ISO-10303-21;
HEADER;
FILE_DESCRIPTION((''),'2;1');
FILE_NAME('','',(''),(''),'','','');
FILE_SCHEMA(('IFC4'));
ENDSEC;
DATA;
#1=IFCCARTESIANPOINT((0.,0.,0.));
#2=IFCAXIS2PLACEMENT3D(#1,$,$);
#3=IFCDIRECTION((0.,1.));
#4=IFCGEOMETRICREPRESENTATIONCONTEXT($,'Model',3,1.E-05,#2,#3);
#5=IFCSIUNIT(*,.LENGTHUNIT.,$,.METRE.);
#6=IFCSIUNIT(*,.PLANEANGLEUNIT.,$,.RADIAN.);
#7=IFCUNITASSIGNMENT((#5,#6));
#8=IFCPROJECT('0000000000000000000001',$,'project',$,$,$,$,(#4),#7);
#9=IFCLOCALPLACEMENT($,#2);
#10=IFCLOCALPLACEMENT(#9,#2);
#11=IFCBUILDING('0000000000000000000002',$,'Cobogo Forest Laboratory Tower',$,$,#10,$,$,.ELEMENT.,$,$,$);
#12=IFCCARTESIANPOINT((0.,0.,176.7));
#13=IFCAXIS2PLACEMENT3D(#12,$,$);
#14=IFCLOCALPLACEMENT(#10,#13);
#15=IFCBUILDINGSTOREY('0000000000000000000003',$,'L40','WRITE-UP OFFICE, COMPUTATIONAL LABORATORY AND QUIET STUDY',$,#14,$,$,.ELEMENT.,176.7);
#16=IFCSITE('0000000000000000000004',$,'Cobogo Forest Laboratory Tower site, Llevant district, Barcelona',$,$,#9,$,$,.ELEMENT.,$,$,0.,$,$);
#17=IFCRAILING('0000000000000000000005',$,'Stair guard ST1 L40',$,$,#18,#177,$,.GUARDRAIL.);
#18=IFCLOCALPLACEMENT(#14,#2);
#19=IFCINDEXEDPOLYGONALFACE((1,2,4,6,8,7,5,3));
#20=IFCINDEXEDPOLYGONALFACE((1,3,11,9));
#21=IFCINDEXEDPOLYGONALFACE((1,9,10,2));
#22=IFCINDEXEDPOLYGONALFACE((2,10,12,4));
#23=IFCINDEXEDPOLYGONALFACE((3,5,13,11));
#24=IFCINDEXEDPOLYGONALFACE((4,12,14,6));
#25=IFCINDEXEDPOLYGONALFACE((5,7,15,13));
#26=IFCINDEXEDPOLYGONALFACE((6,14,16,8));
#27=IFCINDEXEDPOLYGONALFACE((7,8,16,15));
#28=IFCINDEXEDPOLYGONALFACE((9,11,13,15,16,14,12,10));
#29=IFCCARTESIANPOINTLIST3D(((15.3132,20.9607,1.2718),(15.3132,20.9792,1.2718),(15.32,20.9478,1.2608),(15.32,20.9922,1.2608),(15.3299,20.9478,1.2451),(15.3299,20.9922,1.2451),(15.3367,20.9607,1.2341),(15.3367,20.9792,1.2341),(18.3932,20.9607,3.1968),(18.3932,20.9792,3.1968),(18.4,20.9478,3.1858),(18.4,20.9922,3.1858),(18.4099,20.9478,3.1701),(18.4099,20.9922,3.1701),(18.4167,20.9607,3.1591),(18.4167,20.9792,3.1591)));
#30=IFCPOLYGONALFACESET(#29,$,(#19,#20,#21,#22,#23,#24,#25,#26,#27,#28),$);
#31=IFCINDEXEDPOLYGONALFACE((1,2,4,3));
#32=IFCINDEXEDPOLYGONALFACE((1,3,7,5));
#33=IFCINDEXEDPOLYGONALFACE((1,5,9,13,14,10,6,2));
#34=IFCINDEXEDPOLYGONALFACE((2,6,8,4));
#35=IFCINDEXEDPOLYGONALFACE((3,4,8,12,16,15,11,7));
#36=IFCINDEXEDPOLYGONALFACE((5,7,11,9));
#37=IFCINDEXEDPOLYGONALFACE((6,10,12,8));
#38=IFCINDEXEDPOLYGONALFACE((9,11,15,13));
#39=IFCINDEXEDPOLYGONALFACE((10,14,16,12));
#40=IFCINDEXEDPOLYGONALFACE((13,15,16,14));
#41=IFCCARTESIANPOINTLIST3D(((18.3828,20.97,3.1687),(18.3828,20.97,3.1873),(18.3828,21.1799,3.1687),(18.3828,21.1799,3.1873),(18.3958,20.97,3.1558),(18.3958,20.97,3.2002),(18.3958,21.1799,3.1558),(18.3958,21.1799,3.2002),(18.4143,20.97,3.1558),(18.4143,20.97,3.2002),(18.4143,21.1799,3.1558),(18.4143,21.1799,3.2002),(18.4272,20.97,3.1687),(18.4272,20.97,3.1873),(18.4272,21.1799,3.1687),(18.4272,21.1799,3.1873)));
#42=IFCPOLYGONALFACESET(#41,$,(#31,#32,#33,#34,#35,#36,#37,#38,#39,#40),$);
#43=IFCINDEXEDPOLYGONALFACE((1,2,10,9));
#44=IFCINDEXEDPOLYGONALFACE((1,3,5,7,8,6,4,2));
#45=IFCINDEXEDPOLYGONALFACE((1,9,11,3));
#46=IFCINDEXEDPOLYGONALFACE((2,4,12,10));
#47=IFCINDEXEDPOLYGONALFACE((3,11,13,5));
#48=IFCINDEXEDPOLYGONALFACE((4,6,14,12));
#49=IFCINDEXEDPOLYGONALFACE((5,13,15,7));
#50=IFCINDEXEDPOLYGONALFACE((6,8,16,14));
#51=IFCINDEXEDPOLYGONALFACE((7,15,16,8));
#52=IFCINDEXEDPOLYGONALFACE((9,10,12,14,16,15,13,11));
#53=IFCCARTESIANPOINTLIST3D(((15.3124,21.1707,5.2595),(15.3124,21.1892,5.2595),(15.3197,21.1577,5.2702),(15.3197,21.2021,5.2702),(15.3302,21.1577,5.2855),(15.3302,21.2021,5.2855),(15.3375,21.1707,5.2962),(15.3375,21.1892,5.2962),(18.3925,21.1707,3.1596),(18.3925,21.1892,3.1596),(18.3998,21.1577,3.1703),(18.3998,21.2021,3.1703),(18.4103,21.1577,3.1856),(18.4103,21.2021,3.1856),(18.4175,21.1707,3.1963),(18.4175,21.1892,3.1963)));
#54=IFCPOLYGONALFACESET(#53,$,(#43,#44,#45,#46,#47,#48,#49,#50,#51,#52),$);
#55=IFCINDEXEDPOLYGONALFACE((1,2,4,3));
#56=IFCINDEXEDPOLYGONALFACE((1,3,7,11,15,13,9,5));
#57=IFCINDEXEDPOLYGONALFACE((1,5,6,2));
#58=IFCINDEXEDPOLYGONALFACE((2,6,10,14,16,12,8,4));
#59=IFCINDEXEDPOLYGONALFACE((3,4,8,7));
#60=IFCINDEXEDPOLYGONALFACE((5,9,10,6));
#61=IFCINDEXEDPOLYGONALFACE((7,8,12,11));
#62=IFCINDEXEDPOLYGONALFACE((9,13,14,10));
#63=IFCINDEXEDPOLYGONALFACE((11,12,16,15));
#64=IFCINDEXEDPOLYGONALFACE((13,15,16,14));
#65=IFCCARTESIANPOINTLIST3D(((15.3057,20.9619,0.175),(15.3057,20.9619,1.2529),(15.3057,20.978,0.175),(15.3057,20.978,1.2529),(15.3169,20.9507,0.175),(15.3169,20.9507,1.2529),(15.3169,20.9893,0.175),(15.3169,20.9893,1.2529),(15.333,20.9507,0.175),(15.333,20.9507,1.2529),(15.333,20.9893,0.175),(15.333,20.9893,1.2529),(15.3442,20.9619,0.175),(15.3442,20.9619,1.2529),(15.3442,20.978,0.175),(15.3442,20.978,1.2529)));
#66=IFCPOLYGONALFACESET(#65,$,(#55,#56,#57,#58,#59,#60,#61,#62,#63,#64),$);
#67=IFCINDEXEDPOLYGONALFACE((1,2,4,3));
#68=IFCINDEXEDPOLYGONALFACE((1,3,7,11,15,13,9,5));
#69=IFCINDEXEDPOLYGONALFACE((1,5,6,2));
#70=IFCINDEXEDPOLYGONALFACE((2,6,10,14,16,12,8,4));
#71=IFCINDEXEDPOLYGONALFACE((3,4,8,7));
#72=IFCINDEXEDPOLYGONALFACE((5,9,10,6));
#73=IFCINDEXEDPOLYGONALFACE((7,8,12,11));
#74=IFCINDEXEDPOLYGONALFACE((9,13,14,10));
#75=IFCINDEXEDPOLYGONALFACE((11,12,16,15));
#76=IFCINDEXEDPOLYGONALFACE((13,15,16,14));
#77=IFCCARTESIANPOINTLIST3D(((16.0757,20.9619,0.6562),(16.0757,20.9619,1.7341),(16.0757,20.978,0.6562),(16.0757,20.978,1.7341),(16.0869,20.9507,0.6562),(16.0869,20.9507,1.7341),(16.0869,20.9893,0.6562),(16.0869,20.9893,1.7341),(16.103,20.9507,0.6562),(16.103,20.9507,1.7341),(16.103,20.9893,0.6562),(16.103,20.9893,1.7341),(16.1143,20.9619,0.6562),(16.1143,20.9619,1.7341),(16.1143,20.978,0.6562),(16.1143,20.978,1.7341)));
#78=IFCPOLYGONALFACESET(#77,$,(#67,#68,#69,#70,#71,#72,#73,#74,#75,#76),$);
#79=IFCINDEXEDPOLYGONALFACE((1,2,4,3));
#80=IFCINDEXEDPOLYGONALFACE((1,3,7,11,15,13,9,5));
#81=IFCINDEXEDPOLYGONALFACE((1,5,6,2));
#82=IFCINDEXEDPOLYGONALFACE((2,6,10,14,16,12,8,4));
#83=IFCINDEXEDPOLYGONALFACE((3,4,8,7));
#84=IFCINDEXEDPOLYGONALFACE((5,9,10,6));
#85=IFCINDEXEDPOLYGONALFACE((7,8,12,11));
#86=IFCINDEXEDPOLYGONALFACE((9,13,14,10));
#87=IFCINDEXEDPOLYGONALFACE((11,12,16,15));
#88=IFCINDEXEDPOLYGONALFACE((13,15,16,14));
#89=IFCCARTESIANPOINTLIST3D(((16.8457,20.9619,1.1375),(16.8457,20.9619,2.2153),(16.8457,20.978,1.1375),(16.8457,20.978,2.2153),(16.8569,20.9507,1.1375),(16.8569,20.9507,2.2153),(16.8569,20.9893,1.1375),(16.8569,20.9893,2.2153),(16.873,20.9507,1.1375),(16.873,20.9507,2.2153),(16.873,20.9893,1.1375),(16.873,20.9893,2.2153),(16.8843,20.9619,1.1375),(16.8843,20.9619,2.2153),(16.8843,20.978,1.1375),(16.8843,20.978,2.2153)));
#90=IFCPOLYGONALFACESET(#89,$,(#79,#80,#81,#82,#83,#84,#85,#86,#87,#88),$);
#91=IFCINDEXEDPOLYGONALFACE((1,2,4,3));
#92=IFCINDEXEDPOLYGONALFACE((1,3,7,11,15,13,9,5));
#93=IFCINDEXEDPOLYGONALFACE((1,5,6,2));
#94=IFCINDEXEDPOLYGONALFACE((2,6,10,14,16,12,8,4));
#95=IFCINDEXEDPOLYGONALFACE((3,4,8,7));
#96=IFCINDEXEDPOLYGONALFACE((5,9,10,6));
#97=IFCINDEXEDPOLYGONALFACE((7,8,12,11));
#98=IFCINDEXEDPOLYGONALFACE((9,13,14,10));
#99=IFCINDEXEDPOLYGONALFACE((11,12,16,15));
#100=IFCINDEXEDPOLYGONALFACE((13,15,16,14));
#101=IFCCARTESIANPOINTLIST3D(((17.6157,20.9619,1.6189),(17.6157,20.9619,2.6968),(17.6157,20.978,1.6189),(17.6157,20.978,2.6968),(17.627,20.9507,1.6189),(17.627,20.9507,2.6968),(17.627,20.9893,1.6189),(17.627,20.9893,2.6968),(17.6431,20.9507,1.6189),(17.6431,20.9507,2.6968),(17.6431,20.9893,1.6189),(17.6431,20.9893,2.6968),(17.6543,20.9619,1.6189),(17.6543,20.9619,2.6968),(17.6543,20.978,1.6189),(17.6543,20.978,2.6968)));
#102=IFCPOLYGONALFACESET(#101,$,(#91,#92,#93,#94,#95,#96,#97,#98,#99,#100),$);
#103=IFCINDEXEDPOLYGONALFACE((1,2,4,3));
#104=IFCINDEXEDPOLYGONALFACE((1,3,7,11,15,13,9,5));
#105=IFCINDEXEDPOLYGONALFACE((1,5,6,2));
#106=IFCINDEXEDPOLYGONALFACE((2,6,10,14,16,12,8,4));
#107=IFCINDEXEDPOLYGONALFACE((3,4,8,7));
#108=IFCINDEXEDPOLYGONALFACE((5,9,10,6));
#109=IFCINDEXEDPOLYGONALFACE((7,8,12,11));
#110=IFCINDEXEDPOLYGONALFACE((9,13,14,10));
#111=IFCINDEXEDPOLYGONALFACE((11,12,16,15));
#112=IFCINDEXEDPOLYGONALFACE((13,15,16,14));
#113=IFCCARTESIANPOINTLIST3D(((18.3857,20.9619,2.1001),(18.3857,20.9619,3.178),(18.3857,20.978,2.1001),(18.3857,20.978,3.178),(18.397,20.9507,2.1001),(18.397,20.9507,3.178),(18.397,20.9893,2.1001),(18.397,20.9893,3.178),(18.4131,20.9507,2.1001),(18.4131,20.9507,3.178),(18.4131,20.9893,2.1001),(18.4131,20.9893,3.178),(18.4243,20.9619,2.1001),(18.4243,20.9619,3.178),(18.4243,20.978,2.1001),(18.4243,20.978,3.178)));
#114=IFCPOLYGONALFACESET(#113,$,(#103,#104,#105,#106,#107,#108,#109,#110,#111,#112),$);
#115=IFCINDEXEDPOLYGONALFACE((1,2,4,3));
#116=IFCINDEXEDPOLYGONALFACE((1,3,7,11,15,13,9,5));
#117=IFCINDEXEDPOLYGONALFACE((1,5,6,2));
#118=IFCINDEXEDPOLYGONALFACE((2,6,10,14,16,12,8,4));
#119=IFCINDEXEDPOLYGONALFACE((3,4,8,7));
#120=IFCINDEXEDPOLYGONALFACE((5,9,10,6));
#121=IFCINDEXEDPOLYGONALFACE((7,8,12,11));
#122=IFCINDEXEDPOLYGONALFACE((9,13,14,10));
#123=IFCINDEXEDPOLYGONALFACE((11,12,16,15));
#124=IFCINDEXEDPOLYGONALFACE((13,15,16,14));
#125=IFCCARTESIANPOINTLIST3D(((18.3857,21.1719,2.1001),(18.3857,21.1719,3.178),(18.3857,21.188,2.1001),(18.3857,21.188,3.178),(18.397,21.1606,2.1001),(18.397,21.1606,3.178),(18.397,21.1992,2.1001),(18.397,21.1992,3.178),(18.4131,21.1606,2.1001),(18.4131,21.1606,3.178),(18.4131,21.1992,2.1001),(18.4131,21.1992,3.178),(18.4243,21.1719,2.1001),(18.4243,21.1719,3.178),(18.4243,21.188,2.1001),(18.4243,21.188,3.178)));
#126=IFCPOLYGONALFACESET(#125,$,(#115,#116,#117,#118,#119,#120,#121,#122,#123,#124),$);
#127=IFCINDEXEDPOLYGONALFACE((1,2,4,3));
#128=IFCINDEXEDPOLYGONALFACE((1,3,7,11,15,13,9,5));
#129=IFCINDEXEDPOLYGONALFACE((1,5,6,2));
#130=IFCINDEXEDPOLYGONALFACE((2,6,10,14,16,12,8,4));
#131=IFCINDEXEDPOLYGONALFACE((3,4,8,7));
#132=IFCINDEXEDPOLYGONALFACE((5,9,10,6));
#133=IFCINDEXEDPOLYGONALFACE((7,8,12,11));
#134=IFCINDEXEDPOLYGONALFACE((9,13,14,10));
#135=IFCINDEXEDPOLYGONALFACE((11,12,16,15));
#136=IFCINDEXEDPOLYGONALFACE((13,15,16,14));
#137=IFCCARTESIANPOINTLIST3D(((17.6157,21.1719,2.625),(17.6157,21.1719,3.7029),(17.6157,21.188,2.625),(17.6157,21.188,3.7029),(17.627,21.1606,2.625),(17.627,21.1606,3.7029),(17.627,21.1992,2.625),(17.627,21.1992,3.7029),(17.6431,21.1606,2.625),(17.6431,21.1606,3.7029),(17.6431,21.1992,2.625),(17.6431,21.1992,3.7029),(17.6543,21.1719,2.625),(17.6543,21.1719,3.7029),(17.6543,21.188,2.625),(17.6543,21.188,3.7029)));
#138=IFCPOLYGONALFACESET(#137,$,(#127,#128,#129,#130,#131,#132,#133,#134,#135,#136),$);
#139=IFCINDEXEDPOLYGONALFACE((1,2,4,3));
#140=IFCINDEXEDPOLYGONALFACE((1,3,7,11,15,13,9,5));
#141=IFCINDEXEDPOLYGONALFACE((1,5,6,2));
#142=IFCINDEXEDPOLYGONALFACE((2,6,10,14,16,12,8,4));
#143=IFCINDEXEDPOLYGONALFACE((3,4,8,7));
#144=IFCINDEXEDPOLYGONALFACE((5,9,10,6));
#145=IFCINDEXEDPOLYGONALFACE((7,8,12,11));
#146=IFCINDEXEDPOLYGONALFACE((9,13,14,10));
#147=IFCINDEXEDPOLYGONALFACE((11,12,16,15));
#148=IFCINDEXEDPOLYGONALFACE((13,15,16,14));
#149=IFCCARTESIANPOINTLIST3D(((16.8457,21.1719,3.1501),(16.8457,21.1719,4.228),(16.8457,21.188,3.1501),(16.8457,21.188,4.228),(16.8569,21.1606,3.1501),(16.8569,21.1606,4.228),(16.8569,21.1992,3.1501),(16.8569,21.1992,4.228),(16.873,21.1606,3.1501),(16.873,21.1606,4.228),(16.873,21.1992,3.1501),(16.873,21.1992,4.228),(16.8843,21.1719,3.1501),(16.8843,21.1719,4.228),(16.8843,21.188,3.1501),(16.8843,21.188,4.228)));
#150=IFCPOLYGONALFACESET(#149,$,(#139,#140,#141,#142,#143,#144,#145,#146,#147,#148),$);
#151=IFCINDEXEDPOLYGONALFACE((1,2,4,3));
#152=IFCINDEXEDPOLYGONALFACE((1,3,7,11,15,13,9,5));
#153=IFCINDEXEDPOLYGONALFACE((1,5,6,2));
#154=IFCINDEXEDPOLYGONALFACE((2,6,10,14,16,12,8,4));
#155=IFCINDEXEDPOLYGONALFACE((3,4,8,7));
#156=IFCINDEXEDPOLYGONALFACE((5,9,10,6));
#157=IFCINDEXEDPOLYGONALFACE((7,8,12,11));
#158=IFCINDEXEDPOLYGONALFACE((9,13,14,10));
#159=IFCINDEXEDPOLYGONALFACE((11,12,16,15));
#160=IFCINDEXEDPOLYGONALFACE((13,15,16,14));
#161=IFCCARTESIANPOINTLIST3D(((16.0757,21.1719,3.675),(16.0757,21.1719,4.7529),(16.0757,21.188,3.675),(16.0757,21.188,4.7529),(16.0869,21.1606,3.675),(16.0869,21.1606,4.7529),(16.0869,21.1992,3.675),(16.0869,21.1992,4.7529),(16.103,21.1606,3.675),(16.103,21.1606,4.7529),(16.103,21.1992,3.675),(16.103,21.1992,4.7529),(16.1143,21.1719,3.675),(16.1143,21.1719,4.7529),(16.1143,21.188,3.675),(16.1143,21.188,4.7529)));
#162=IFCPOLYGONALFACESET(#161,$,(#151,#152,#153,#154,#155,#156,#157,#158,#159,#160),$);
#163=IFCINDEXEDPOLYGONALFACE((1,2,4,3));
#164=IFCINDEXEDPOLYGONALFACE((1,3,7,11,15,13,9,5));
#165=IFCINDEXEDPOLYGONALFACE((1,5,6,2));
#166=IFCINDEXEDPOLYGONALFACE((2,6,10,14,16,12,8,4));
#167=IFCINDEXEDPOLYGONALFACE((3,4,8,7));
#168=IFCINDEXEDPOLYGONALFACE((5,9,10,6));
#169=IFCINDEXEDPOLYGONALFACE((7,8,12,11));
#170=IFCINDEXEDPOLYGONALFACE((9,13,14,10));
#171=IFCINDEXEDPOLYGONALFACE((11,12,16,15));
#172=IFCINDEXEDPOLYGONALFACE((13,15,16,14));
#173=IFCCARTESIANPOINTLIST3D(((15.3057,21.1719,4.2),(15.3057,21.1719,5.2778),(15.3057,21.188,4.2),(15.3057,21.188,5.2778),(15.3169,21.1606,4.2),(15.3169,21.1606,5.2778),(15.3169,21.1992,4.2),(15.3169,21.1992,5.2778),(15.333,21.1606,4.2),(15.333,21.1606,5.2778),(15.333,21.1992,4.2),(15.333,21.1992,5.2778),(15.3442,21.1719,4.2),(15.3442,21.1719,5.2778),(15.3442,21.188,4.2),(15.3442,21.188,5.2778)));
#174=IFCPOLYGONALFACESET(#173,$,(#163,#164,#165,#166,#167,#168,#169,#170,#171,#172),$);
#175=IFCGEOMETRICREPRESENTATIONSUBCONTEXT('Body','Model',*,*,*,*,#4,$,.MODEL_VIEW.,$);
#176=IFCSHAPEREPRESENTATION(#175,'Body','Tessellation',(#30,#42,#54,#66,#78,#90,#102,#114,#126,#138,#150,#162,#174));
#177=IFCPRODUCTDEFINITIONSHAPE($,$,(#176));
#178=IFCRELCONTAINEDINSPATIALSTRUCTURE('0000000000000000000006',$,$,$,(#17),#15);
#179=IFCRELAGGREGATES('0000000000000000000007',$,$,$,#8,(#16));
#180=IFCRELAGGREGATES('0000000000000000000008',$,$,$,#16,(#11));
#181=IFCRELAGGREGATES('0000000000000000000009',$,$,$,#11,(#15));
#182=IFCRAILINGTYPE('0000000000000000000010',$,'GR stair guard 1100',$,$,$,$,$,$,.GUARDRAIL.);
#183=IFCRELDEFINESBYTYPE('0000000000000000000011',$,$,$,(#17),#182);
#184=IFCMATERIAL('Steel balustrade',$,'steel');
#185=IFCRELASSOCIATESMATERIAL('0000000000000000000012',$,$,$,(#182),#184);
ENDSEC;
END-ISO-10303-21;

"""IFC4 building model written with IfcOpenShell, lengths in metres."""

from ifc_helpers import new_model, si_unit, direction, frame, origin, place, context, subcontext, project, spatial, polyline, outline, extrude, material, type_object, element, save


model = new_model("IFC4")

# Units and contexts
model_context = context("Model", 3, precision=1e-05, world=origin(), true_north=direction((0.0, 1.0)))
body_context = subcontext(model_context, "Body", "Model", "MODEL_VIEW")
ifc_project = project(units=[si_unit("LENGTHUNIT", "METRE"), si_unit("PLANEANGLEUNIT", "RADIAN")], contexts=[model_context])

# Site, building, storey
site_placement = place(None, origin())
site = spatial("IfcSite", under=ifc_project, at=site_placement, Name="Cobogo Forest Laboratory Tower site, Llevant district, Barcelona", CompositionType="ELEMENT", RefElevation=0.0)
building_placement = place(site_placement, origin())
building = spatial("IfcBuilding", under=site, at=building_placement, Name="Cobogo Forest Laboratory Tower", CompositionType="ELEMENT")
storey_placement = place(building_placement, frame((0.0, 0.0, 176.7)))
storey = spatial("IfcBuildingStorey", under=building, at=storey_placement, Name="L40", Description="WRITE-UP OFFICE, COMPUTATIONAL LABORATORY AND QUIET STUDY", CompositionType="ELEMENT", Elevation=176.7)

# Railing
ifc_material_1 = material(Name="Steel balustrade", Category="steel")
railing_type_1 = type_object("IfcRailingType", Name="GR stair guard 1100", PredefinedType="GUARDRAIL", material=ifc_material_1)
railing_1_placement = place(storey_placement, frame((15.325, 20.97, 0.175)))
element("IfcRailing", 1, at=railing_1_placement, inside=storey, type_object=railing_type_1, Name="Stair guard ST1 L40", PredefinedType="GUARDRAIL", context=body_context, shape_type="SweptSolid", body=[
    extrude(outline(polyline([(0.0222, 0.0093), (0.0093, 0.0222), (-0.0093, 0.0222), (-0.0222, 0.0093), (-0.0222, -0.0093), (-0.0093, -0.0222), (0.0093, -0.0222), (0.0222, -0.0093), (0.0222, 0.0093)])), frame((0.0, 0.0, 1.0779), z_axis=(0.847998, 0.0, 0.529999), x_axis=(0.0, 1.0, 0.0)), (0.0, 0.0, 1.0), 3.6321),
    extrude(outline(polyline([(0.0222, 0.0093), (0.0093, 0.0222), (-0.0093, 0.0222), (-0.0222, 0.0093), (-0.0222, -0.0093), (-0.0093, -0.0222), (0.0093, -0.0222), (0.0222, -0.0093), (0.0222, 0.0093)])), frame((3.0801, 0.0, 3.0029), z_axis=(0.0, 1.0, 0.0), x_axis=(-1.0, 0.0, 0.0)), (0.0, 0.0, 1.0), 0.21),
    extrude(outline(polyline([(0.0222, 0.0093), (0.0093, 0.0222), (-0.0093, 0.0222), (-0.0222, 0.0093), (-0.0222, -0.0093), (-0.0093, -0.0222), (0.0093, -0.0222), (0.0222, -0.0093), (0.0222, 0.0093)])), frame((3.0801, 0.21, 3.0029), z_axis=(-0.826252, 0.0, 0.5633), x_axis=(0.0, -1.0, 0.0)), (0.0, 0.0, 1.0), 3.7278),
    extrude(outline(polyline([(0.0193, 0.0081), (0.0081, 0.0193), (-0.0081, 0.0193), (-0.0193, 0.0081), (-0.0193, -0.0081), (-0.0081, -0.0193), (0.0081, -0.0193), (0.0193, -0.0081), (0.0193, 0.0081)])), origin(), (0.0, 0.0, 1.0), 1.0779),
    extrude(outline(polyline([(0.0193, 0.0081), (0.0081, 0.0193), (-0.0081, 0.0193), (-0.0193, 0.0081), (-0.0193, -0.0081), (-0.0081, -0.0193), (0.0081, -0.0193), (0.0193, -0.0081), (0.0193, 0.0081)])), frame((0.77, 0.0, 0.4812)), (0.0, 0.0, 1.0), 1.0779),
    extrude(outline(polyline([(0.0193, 0.0081), (0.0081, 0.0193), (-0.0081, 0.0193), (-0.0193, 0.0081), (-0.0193, -0.0081), (-0.0081, -0.0193), (0.0081, -0.0193), (0.0193, -0.0081), (0.0193, 0.0081)])), frame((1.54, 0.0, 0.9624)), (0.0, 0.0, 1.0), 1.0779),
    extrude(outline(polyline([(0.0193, 0.0081), (0.0081, 0.0193), (-0.0081, 0.0193), (-0.0193, 0.0081), (-0.0193, -0.0081), (-0.0081, -0.0193), (0.0081, -0.0193), (0.0193, -0.0081), (0.0193, 0.0081)])), frame((2.3101, 0.0, 1.4438)), (0.0, 0.0, 1.0), 1.0779),
    extrude(outline(polyline([(0.0193, 0.0081), (0.0081, 0.0193), (-0.0081, 0.0193), (-0.0193, 0.0081), (-0.0193, -0.0081), (-0.0081, -0.0193), (0.0081, -0.0193), (0.0193, -0.0081), (0.0193, 0.0081)])), frame((3.0801, 0.0, 1.925)), (0.0, 0.0, 1.0), 1.0779),
    extrude(outline(polyline([(0.0193, 0.0081), (0.0081, 0.0193), (-0.0081, 0.0193), (-0.0193, 0.0081), (-0.0193, -0.0081), (-0.0081, -0.0193), (0.0081, -0.0193), (0.0193, -0.0081), (0.0193, 0.0081)])), frame((3.0801, 0.21, 1.925)), (0.0, 0.0, 1.0), 1.0779),
    extrude(outline(polyline([(0.0193, 0.0081), (0.0081, 0.0193), (-0.0081, 0.0193), (-0.0193, 0.0081), (-0.0193, -0.0081), (-0.0081, -0.0193), (0.0081, -0.0193), (0.0193, -0.0081), (0.0193, 0.0081)])), frame((2.3101, 0.21, 2.45)), (0.0, 0.0, 1.0), 1.0779),
    extrude(outline(polyline([(0.0193, 0.0081), (0.0081, 0.0193), (-0.0081, 0.0193), (-0.0193, 0.0081), (-0.0193, -0.0081), (-0.0081, -0.0193), (0.0081, -0.0193), (0.0193, -0.0081), (0.0193, 0.0081)])), frame((1.54, 0.21, 2.9751)), (0.0, 0.0, 1.0), 1.0779),
    extrude(outline(polyline([(0.0193, 0.0081), (0.0081, 0.0193), (-0.0081, 0.0193), (-0.0193, 0.0081), (-0.0193, -0.0081), (-0.0081, -0.0193), (0.0081, -0.0193), (0.0193, -0.0081), (0.0193, 0.0081)])), frame((0.77, 0.21, 3.5)), (0.0, 0.0, 1.0), 1.0779),
    extrude(outline(polyline([(0.0193, 0.0081), (0.0081, 0.0193), (-0.0081, 0.0193), (-0.0193, 0.0081), (-0.0193, -0.0081), (-0.0081, -0.0193), (0.0081, -0.0193), (0.0193, -0.0081), (0.0193, 0.0081)])), frame((0.0, 0.21, 4.0249)), (0.0, 0.0, 1.0), 1.0779),
])

save(model, "model.ifc")
